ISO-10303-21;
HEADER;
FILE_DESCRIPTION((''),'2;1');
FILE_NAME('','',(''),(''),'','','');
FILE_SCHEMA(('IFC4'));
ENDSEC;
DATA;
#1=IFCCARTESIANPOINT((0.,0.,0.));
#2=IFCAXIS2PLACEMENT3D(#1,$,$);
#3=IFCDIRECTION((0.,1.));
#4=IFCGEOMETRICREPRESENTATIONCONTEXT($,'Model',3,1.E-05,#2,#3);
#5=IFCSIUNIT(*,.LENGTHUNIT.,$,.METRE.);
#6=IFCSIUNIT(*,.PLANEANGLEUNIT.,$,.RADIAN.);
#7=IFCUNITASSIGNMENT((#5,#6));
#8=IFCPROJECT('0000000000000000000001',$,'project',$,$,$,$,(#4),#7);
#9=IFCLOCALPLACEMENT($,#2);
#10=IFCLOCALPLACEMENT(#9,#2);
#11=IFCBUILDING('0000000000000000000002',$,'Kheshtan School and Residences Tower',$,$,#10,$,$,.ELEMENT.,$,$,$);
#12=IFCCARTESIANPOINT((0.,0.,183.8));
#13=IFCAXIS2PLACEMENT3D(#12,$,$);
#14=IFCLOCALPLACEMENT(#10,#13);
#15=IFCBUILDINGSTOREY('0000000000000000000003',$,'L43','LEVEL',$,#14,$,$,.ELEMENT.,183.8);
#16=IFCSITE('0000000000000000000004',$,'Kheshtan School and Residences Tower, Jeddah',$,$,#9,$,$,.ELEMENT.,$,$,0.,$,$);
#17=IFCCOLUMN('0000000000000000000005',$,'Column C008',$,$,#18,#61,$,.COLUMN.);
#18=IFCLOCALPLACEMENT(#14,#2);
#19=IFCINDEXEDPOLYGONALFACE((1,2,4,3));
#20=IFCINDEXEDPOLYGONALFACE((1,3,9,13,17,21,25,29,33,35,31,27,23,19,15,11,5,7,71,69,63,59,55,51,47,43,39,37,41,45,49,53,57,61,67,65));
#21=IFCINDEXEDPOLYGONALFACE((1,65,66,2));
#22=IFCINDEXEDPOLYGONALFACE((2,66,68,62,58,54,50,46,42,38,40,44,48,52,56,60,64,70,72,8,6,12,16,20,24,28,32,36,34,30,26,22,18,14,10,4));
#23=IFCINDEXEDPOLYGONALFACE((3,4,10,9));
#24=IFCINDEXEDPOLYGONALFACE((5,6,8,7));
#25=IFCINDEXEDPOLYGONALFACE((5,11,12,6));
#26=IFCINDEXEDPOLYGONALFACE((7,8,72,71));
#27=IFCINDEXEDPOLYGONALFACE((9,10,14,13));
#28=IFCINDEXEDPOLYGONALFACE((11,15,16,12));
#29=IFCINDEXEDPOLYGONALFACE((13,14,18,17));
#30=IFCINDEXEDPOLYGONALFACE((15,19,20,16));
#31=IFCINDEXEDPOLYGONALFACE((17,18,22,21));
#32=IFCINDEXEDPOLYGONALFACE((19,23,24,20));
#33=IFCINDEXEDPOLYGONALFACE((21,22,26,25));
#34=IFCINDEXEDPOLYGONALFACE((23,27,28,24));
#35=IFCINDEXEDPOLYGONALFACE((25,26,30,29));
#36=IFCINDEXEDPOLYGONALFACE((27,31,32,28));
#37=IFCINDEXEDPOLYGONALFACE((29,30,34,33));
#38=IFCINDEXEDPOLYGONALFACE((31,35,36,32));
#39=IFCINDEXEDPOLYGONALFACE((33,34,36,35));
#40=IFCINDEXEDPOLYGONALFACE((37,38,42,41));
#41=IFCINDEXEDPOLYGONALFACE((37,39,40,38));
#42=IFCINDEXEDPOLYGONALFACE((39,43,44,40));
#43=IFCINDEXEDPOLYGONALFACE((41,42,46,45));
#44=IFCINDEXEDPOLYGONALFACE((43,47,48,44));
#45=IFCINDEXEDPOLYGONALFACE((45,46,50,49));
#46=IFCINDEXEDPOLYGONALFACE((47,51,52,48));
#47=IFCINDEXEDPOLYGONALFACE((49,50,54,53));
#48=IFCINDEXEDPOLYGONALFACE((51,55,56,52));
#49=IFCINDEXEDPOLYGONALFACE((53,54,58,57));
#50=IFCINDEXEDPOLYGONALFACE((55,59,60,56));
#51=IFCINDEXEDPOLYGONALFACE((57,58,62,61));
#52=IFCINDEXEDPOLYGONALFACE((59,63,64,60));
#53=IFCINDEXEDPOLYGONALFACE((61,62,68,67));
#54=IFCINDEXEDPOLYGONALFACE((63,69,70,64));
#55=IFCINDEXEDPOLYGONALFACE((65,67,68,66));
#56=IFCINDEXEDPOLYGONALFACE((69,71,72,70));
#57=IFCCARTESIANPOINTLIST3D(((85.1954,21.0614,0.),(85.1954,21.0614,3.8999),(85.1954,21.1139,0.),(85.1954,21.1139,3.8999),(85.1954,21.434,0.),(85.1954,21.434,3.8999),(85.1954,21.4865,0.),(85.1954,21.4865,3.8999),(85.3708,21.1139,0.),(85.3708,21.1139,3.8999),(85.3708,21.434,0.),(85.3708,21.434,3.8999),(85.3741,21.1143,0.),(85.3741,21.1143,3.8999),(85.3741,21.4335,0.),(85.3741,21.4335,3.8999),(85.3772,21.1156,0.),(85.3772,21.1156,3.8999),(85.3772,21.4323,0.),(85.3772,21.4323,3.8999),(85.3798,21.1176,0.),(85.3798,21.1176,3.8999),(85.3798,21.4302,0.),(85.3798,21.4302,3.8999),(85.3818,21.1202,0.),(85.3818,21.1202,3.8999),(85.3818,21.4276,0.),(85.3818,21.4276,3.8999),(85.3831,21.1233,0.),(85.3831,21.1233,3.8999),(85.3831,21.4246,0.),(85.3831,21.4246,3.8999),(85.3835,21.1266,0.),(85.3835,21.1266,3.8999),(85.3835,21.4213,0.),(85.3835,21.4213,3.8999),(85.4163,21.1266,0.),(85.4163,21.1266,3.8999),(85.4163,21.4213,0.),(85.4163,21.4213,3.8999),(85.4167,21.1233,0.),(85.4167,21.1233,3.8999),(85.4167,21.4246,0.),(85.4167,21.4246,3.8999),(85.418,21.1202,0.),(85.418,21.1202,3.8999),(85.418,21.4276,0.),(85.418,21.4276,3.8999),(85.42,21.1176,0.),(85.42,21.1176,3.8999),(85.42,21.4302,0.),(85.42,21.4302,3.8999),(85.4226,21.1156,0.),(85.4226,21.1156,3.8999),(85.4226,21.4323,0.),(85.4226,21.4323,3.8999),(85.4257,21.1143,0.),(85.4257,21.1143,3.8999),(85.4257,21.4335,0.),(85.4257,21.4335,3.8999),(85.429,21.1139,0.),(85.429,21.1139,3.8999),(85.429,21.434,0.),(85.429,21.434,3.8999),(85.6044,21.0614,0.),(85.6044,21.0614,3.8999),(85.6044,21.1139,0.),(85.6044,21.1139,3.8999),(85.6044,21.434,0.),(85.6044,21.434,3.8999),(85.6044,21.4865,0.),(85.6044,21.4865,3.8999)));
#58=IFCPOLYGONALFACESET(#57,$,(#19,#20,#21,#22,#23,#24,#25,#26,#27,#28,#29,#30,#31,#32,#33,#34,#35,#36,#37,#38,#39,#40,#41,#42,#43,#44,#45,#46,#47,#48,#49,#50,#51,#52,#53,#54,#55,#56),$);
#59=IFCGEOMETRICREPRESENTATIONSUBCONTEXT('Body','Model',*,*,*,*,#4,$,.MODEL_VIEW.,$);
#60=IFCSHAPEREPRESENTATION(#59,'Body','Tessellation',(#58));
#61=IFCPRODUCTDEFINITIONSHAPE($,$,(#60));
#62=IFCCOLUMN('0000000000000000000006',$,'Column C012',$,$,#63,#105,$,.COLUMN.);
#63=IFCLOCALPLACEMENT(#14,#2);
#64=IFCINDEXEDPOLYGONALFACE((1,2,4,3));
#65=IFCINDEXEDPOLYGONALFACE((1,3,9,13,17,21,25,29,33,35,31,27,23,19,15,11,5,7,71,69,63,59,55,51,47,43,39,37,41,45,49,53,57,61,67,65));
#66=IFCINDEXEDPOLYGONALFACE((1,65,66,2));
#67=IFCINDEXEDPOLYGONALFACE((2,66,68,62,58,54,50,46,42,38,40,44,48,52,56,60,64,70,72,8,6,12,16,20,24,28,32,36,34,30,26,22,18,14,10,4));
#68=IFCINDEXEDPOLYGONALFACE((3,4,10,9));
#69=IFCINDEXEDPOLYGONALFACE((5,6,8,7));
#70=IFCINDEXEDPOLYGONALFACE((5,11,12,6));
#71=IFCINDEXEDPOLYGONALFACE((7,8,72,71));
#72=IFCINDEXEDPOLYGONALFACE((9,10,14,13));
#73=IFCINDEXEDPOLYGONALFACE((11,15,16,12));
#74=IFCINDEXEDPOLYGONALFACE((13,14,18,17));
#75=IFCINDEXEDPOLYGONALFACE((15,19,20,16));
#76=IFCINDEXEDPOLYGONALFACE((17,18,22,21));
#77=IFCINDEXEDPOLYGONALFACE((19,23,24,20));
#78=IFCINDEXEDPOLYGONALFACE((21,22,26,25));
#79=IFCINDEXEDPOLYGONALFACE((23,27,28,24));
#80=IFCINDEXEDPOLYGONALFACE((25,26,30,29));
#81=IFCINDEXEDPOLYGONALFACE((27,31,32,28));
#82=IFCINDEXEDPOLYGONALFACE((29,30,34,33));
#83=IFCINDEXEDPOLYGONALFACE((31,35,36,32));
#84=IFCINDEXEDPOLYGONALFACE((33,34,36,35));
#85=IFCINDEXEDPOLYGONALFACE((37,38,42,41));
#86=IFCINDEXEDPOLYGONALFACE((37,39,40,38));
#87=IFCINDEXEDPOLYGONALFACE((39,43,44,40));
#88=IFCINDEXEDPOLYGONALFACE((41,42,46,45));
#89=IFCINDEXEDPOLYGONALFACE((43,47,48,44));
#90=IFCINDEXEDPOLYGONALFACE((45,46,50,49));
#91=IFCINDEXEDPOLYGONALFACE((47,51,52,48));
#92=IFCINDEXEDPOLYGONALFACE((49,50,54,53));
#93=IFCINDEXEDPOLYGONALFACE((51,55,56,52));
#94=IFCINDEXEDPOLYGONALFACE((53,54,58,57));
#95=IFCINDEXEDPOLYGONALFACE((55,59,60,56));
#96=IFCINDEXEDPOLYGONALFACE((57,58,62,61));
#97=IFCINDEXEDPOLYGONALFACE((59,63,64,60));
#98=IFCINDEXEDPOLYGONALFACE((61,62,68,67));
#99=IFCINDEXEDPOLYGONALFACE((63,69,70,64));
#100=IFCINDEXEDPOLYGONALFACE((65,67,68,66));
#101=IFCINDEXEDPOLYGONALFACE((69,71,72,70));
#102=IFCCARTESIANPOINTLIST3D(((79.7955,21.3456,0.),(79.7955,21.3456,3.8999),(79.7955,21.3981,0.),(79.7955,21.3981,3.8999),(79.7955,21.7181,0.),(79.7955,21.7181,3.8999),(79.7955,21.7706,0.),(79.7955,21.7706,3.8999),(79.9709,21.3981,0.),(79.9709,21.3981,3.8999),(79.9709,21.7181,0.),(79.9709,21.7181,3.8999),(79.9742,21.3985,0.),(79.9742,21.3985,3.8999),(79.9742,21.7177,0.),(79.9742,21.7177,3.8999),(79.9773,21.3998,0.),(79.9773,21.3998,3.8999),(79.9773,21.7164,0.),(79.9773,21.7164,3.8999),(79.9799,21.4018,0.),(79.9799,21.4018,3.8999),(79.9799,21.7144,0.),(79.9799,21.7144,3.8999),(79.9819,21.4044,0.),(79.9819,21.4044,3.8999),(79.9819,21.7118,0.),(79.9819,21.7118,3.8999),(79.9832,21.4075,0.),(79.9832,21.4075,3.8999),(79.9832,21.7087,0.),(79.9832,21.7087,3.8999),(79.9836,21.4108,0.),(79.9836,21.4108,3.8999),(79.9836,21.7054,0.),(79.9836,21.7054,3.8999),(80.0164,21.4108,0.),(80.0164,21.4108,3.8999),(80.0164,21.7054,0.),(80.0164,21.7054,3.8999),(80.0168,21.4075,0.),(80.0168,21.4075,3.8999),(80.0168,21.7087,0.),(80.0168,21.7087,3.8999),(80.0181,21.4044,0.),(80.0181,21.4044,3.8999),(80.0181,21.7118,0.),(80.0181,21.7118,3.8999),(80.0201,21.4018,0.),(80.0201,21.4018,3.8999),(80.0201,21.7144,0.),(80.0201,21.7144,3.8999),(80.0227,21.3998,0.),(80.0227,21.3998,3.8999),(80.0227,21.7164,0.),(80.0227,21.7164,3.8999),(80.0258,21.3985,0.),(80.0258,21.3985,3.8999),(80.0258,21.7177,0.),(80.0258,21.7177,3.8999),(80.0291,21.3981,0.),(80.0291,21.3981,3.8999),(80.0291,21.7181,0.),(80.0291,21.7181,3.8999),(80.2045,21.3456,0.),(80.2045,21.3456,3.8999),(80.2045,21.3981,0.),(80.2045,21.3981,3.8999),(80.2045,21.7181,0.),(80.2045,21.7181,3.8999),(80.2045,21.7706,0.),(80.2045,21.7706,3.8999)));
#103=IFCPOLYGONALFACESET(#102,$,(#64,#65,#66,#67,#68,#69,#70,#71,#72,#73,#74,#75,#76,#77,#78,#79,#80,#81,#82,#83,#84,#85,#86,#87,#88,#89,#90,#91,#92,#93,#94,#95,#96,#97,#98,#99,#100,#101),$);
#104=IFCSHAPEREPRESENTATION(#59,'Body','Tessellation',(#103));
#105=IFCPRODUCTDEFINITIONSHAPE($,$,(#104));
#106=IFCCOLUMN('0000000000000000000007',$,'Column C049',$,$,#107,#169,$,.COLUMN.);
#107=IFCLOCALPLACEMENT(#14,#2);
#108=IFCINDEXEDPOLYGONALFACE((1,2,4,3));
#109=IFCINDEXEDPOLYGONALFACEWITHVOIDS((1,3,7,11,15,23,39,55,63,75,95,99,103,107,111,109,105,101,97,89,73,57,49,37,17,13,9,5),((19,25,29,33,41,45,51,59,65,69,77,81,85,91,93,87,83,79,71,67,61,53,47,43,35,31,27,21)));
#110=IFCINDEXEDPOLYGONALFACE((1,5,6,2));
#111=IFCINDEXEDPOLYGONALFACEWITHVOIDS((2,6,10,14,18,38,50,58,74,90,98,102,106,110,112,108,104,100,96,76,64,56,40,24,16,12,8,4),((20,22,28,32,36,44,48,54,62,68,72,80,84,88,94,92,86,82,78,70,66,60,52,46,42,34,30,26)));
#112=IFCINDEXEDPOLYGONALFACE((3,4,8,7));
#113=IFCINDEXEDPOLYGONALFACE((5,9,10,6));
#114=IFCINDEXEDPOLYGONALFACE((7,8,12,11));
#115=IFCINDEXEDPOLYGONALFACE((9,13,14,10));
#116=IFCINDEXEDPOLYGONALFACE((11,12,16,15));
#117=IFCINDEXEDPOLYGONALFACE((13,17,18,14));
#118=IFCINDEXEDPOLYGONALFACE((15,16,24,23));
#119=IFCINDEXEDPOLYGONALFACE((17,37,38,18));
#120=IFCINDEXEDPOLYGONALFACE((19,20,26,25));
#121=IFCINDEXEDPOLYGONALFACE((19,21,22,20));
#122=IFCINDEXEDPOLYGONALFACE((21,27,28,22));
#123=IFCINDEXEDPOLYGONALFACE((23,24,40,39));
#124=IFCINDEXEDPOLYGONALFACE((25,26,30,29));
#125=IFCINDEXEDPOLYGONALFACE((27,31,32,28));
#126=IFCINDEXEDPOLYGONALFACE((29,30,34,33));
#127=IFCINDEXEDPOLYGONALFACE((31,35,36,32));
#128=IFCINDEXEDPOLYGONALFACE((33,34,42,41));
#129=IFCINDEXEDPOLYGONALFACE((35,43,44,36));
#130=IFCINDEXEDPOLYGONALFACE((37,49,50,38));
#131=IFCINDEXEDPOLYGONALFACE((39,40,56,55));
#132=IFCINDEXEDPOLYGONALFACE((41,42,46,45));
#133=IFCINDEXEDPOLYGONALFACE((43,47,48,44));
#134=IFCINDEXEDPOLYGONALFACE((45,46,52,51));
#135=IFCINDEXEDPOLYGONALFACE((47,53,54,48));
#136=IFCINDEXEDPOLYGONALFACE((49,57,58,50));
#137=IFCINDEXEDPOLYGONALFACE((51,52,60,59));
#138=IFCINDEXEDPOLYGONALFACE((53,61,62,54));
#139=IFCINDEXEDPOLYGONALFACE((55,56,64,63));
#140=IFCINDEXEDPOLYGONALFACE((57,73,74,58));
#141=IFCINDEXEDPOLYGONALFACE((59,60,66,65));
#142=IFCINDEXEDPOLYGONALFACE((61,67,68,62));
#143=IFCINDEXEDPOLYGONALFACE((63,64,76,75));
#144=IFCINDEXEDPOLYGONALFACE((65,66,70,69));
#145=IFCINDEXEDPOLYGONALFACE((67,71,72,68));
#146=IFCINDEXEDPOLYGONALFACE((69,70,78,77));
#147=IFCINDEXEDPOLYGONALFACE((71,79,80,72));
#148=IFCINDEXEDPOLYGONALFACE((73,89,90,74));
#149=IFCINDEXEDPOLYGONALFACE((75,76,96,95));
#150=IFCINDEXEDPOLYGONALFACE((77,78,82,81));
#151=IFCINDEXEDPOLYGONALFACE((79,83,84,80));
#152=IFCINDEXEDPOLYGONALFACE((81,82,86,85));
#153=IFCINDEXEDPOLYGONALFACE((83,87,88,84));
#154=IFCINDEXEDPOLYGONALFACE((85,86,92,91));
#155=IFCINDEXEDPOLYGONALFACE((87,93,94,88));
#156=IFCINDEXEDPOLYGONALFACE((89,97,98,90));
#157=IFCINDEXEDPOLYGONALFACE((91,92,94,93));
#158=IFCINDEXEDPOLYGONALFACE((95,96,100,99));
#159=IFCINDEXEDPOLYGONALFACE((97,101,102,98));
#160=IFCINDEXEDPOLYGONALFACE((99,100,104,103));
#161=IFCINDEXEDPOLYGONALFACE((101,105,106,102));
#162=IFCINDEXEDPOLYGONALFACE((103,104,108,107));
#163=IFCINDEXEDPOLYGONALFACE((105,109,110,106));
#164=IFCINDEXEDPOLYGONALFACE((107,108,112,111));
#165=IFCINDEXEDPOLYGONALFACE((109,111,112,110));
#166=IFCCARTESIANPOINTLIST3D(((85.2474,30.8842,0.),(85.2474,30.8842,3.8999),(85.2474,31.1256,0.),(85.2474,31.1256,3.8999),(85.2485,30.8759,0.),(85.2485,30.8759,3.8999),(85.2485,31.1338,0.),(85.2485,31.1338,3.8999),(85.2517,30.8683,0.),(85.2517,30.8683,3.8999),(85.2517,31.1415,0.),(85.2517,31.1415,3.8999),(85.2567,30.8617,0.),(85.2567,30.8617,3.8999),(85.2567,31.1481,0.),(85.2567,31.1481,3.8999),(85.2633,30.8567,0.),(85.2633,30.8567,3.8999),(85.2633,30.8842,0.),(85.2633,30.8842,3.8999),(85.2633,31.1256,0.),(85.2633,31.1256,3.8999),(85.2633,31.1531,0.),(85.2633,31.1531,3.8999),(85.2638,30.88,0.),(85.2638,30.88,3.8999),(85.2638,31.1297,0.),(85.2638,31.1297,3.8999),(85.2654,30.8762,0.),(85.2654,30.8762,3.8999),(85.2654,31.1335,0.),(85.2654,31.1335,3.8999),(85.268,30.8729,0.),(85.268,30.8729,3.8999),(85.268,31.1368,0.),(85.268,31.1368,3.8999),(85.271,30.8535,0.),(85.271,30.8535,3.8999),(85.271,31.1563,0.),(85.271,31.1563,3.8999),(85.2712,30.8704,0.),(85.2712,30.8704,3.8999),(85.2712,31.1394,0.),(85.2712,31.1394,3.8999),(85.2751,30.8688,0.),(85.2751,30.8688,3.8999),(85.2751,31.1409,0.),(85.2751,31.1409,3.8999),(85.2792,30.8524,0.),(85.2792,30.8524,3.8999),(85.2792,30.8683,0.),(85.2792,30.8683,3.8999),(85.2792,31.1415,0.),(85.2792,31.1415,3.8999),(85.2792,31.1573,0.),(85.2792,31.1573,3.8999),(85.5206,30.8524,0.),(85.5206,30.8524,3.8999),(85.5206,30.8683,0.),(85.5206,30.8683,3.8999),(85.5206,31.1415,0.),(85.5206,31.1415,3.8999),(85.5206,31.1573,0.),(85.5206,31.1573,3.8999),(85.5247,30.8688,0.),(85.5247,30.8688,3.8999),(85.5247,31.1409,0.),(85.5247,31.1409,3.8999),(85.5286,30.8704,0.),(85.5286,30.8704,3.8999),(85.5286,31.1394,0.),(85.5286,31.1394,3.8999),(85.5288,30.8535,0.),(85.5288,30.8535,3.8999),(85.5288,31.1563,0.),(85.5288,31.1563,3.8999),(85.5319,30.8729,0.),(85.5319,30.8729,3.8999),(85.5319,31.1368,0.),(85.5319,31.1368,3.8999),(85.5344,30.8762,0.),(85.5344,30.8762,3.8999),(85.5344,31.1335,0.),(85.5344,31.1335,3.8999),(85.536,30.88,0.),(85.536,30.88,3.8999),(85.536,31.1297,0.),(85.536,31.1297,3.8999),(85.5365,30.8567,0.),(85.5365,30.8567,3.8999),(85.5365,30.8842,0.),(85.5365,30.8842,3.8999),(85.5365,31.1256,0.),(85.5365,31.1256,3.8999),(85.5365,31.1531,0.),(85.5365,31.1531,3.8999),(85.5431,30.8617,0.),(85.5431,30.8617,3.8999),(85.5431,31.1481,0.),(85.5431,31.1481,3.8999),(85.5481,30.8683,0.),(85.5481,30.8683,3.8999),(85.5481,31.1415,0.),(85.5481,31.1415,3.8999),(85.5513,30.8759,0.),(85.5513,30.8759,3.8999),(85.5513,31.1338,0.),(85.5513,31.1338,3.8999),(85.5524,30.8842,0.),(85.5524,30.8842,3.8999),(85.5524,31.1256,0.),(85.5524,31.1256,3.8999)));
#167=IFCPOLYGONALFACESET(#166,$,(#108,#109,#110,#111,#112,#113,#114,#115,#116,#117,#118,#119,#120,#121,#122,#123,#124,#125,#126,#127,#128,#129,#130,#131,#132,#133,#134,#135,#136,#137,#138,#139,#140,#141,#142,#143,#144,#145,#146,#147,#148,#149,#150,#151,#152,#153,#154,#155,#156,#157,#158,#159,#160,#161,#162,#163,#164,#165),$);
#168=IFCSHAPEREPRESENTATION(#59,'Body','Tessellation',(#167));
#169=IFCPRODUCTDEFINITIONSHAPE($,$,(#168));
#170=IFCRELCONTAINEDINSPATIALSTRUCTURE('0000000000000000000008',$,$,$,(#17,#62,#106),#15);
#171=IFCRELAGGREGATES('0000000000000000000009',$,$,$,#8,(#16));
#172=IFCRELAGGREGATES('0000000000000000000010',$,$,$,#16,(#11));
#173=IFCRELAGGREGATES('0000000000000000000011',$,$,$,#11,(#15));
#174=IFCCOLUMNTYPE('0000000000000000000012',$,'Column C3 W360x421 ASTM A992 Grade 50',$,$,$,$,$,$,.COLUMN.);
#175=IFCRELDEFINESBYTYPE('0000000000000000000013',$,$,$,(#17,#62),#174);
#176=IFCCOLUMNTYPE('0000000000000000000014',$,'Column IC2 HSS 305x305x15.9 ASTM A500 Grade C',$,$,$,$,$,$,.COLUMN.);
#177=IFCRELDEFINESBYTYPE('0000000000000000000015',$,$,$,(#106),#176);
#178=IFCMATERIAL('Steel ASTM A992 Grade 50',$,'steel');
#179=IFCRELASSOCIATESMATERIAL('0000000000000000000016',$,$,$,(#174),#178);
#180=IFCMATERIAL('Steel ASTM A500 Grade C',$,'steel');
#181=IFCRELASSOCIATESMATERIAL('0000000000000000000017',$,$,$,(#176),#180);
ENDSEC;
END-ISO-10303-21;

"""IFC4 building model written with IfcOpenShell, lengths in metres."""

from ifc_helpers import new_model, si_unit, direction, frame, origin, origin_2d, place, context, subcontext, project, spatial, hollow_rectangle, i_section, extrude, material, material_profile, profile_set, type_object, element, save


model = new_model("IFC4")

# Units and contexts
model_context = context("Model", 3, precision=1e-05, world=origin(), true_north=direction((0.0, 1.0)))
body_context = subcontext(model_context, "Body", "Model", "MODEL_VIEW")
ifc_project = project(units=[si_unit("LENGTHUNIT", "METRE"), si_unit("PLANEANGLEUNIT", "RADIAN")], contexts=[model_context])

# Site, building, storey
site_placement = place(None, origin())
site = spatial("IfcSite", under=ifc_project, at=site_placement, Name="Kheshtan School and Residences Tower, Jeddah", CompositionType="ELEMENT", RefElevation=0.0)
building_placement = place(site_placement, origin())
building = spatial("IfcBuilding", under=site, at=building_placement, Name="Kheshtan School and Residences Tower", CompositionType="ELEMENT")
storey_placement = place(building_placement, frame((0.0, 0.0, 183.8)))
storey = spatial("IfcBuildingStorey", under=building, at=storey_placement, Name="L43", Description="LEVEL", CompositionType="ELEMENT", Elevation=183.8)

# Columns
ifc_material_1 = material(Name="Steel ASTM A992 Grade 50", Category="steel")
ifc_material_profile_1 = material_profile(ifc_material_1, i_section(OverallWidth=0.4089, OverallDepth=0.425, WebThickness=0.0327, FlangeThickness=0.0525, FilletRadius=0.0127, at=origin_2d()), Name="W360x421")
ifc_profile_set_1 = profile_set([ifc_material_profile_1], Name="Steel ASTM A992 Grade 50")
column_type_1 = type_object("IfcColumnType", Name="Column C3 W360x421 ASTM A992 Grade 50", PredefinedType="COLUMN", material=ifc_profile_set_1)
for number, where, z_axis, x_axis, name in (
    (1, (85.3999, 21.2739, 0.0), (0.0, 0.0, 1.0), (1.0, 0.0, 0.0), "Column C008"),
    (2, (80.0, 21.5581, 0.0), (0.0, 0.0, 1.0), (1.0, 0.0, 0.0), "Column C012"),
):
    element("IfcColumn", number, at=place(storey_placement, frame(where, z_axis=z_axis, x_axis=x_axis)), inside=storey, type_object=column_type_1, Name=name, PredefinedType="COLUMN", context=body_context, shape_type="SweptSolid", body=[
        extrude(i_section(OverallWidth=0.4089, OverallDepth=0.425, WebThickness=0.0327, FlangeThickness=0.0525, FilletRadius=0.0127, at=origin_2d()), origin(), (0.0, 0.0, 1.0), 3.8999),
    ])
ifc_material_2 = material(Name="Steel ASTM A500 Grade C", Category="steel")
ifc_material_profile_2 = material_profile(ifc_material_2, hollow_rectangle(XDim=0.3049, YDim=0.3049, WallThickness=0.0159, InnerFilletRadius=0.0159, OuterFilletRadius=0.0317, at=origin_2d()), Name="HSS 305x305x15.9")
ifc_profile_set_2 = profile_set([ifc_material_profile_2], Name="Steel ASTM A500 Grade C")
column_type_2 = type_object("IfcColumnType", Name="Column IC2 HSS 305x305x15.9 ASTM A500 Grade C", PredefinedType="COLUMN", material=ifc_profile_set_2)
column_placement = place(storey_placement, frame((85.3999, 31.0049, 0.0), z_axis=(0.0, 0.0, 1.0), x_axis=(1.0, 0.0, 0.0)))
element("IfcColumn", 3, at=column_placement, inside=storey, type_object=column_type_2, Name="Column C049", PredefinedType="COLUMN", context=body_context, shape_type="SweptSolid", body=[
    extrude(hollow_rectangle(XDim=0.3049, YDim=0.3049, WallThickness=0.0159, InnerFilletRadius=0.0159, OuterFilletRadius=0.0317, at=origin_2d()), origin(), (0.0, 0.0, 1.0), 3.8999),
])

save(model, "model.ifc")
